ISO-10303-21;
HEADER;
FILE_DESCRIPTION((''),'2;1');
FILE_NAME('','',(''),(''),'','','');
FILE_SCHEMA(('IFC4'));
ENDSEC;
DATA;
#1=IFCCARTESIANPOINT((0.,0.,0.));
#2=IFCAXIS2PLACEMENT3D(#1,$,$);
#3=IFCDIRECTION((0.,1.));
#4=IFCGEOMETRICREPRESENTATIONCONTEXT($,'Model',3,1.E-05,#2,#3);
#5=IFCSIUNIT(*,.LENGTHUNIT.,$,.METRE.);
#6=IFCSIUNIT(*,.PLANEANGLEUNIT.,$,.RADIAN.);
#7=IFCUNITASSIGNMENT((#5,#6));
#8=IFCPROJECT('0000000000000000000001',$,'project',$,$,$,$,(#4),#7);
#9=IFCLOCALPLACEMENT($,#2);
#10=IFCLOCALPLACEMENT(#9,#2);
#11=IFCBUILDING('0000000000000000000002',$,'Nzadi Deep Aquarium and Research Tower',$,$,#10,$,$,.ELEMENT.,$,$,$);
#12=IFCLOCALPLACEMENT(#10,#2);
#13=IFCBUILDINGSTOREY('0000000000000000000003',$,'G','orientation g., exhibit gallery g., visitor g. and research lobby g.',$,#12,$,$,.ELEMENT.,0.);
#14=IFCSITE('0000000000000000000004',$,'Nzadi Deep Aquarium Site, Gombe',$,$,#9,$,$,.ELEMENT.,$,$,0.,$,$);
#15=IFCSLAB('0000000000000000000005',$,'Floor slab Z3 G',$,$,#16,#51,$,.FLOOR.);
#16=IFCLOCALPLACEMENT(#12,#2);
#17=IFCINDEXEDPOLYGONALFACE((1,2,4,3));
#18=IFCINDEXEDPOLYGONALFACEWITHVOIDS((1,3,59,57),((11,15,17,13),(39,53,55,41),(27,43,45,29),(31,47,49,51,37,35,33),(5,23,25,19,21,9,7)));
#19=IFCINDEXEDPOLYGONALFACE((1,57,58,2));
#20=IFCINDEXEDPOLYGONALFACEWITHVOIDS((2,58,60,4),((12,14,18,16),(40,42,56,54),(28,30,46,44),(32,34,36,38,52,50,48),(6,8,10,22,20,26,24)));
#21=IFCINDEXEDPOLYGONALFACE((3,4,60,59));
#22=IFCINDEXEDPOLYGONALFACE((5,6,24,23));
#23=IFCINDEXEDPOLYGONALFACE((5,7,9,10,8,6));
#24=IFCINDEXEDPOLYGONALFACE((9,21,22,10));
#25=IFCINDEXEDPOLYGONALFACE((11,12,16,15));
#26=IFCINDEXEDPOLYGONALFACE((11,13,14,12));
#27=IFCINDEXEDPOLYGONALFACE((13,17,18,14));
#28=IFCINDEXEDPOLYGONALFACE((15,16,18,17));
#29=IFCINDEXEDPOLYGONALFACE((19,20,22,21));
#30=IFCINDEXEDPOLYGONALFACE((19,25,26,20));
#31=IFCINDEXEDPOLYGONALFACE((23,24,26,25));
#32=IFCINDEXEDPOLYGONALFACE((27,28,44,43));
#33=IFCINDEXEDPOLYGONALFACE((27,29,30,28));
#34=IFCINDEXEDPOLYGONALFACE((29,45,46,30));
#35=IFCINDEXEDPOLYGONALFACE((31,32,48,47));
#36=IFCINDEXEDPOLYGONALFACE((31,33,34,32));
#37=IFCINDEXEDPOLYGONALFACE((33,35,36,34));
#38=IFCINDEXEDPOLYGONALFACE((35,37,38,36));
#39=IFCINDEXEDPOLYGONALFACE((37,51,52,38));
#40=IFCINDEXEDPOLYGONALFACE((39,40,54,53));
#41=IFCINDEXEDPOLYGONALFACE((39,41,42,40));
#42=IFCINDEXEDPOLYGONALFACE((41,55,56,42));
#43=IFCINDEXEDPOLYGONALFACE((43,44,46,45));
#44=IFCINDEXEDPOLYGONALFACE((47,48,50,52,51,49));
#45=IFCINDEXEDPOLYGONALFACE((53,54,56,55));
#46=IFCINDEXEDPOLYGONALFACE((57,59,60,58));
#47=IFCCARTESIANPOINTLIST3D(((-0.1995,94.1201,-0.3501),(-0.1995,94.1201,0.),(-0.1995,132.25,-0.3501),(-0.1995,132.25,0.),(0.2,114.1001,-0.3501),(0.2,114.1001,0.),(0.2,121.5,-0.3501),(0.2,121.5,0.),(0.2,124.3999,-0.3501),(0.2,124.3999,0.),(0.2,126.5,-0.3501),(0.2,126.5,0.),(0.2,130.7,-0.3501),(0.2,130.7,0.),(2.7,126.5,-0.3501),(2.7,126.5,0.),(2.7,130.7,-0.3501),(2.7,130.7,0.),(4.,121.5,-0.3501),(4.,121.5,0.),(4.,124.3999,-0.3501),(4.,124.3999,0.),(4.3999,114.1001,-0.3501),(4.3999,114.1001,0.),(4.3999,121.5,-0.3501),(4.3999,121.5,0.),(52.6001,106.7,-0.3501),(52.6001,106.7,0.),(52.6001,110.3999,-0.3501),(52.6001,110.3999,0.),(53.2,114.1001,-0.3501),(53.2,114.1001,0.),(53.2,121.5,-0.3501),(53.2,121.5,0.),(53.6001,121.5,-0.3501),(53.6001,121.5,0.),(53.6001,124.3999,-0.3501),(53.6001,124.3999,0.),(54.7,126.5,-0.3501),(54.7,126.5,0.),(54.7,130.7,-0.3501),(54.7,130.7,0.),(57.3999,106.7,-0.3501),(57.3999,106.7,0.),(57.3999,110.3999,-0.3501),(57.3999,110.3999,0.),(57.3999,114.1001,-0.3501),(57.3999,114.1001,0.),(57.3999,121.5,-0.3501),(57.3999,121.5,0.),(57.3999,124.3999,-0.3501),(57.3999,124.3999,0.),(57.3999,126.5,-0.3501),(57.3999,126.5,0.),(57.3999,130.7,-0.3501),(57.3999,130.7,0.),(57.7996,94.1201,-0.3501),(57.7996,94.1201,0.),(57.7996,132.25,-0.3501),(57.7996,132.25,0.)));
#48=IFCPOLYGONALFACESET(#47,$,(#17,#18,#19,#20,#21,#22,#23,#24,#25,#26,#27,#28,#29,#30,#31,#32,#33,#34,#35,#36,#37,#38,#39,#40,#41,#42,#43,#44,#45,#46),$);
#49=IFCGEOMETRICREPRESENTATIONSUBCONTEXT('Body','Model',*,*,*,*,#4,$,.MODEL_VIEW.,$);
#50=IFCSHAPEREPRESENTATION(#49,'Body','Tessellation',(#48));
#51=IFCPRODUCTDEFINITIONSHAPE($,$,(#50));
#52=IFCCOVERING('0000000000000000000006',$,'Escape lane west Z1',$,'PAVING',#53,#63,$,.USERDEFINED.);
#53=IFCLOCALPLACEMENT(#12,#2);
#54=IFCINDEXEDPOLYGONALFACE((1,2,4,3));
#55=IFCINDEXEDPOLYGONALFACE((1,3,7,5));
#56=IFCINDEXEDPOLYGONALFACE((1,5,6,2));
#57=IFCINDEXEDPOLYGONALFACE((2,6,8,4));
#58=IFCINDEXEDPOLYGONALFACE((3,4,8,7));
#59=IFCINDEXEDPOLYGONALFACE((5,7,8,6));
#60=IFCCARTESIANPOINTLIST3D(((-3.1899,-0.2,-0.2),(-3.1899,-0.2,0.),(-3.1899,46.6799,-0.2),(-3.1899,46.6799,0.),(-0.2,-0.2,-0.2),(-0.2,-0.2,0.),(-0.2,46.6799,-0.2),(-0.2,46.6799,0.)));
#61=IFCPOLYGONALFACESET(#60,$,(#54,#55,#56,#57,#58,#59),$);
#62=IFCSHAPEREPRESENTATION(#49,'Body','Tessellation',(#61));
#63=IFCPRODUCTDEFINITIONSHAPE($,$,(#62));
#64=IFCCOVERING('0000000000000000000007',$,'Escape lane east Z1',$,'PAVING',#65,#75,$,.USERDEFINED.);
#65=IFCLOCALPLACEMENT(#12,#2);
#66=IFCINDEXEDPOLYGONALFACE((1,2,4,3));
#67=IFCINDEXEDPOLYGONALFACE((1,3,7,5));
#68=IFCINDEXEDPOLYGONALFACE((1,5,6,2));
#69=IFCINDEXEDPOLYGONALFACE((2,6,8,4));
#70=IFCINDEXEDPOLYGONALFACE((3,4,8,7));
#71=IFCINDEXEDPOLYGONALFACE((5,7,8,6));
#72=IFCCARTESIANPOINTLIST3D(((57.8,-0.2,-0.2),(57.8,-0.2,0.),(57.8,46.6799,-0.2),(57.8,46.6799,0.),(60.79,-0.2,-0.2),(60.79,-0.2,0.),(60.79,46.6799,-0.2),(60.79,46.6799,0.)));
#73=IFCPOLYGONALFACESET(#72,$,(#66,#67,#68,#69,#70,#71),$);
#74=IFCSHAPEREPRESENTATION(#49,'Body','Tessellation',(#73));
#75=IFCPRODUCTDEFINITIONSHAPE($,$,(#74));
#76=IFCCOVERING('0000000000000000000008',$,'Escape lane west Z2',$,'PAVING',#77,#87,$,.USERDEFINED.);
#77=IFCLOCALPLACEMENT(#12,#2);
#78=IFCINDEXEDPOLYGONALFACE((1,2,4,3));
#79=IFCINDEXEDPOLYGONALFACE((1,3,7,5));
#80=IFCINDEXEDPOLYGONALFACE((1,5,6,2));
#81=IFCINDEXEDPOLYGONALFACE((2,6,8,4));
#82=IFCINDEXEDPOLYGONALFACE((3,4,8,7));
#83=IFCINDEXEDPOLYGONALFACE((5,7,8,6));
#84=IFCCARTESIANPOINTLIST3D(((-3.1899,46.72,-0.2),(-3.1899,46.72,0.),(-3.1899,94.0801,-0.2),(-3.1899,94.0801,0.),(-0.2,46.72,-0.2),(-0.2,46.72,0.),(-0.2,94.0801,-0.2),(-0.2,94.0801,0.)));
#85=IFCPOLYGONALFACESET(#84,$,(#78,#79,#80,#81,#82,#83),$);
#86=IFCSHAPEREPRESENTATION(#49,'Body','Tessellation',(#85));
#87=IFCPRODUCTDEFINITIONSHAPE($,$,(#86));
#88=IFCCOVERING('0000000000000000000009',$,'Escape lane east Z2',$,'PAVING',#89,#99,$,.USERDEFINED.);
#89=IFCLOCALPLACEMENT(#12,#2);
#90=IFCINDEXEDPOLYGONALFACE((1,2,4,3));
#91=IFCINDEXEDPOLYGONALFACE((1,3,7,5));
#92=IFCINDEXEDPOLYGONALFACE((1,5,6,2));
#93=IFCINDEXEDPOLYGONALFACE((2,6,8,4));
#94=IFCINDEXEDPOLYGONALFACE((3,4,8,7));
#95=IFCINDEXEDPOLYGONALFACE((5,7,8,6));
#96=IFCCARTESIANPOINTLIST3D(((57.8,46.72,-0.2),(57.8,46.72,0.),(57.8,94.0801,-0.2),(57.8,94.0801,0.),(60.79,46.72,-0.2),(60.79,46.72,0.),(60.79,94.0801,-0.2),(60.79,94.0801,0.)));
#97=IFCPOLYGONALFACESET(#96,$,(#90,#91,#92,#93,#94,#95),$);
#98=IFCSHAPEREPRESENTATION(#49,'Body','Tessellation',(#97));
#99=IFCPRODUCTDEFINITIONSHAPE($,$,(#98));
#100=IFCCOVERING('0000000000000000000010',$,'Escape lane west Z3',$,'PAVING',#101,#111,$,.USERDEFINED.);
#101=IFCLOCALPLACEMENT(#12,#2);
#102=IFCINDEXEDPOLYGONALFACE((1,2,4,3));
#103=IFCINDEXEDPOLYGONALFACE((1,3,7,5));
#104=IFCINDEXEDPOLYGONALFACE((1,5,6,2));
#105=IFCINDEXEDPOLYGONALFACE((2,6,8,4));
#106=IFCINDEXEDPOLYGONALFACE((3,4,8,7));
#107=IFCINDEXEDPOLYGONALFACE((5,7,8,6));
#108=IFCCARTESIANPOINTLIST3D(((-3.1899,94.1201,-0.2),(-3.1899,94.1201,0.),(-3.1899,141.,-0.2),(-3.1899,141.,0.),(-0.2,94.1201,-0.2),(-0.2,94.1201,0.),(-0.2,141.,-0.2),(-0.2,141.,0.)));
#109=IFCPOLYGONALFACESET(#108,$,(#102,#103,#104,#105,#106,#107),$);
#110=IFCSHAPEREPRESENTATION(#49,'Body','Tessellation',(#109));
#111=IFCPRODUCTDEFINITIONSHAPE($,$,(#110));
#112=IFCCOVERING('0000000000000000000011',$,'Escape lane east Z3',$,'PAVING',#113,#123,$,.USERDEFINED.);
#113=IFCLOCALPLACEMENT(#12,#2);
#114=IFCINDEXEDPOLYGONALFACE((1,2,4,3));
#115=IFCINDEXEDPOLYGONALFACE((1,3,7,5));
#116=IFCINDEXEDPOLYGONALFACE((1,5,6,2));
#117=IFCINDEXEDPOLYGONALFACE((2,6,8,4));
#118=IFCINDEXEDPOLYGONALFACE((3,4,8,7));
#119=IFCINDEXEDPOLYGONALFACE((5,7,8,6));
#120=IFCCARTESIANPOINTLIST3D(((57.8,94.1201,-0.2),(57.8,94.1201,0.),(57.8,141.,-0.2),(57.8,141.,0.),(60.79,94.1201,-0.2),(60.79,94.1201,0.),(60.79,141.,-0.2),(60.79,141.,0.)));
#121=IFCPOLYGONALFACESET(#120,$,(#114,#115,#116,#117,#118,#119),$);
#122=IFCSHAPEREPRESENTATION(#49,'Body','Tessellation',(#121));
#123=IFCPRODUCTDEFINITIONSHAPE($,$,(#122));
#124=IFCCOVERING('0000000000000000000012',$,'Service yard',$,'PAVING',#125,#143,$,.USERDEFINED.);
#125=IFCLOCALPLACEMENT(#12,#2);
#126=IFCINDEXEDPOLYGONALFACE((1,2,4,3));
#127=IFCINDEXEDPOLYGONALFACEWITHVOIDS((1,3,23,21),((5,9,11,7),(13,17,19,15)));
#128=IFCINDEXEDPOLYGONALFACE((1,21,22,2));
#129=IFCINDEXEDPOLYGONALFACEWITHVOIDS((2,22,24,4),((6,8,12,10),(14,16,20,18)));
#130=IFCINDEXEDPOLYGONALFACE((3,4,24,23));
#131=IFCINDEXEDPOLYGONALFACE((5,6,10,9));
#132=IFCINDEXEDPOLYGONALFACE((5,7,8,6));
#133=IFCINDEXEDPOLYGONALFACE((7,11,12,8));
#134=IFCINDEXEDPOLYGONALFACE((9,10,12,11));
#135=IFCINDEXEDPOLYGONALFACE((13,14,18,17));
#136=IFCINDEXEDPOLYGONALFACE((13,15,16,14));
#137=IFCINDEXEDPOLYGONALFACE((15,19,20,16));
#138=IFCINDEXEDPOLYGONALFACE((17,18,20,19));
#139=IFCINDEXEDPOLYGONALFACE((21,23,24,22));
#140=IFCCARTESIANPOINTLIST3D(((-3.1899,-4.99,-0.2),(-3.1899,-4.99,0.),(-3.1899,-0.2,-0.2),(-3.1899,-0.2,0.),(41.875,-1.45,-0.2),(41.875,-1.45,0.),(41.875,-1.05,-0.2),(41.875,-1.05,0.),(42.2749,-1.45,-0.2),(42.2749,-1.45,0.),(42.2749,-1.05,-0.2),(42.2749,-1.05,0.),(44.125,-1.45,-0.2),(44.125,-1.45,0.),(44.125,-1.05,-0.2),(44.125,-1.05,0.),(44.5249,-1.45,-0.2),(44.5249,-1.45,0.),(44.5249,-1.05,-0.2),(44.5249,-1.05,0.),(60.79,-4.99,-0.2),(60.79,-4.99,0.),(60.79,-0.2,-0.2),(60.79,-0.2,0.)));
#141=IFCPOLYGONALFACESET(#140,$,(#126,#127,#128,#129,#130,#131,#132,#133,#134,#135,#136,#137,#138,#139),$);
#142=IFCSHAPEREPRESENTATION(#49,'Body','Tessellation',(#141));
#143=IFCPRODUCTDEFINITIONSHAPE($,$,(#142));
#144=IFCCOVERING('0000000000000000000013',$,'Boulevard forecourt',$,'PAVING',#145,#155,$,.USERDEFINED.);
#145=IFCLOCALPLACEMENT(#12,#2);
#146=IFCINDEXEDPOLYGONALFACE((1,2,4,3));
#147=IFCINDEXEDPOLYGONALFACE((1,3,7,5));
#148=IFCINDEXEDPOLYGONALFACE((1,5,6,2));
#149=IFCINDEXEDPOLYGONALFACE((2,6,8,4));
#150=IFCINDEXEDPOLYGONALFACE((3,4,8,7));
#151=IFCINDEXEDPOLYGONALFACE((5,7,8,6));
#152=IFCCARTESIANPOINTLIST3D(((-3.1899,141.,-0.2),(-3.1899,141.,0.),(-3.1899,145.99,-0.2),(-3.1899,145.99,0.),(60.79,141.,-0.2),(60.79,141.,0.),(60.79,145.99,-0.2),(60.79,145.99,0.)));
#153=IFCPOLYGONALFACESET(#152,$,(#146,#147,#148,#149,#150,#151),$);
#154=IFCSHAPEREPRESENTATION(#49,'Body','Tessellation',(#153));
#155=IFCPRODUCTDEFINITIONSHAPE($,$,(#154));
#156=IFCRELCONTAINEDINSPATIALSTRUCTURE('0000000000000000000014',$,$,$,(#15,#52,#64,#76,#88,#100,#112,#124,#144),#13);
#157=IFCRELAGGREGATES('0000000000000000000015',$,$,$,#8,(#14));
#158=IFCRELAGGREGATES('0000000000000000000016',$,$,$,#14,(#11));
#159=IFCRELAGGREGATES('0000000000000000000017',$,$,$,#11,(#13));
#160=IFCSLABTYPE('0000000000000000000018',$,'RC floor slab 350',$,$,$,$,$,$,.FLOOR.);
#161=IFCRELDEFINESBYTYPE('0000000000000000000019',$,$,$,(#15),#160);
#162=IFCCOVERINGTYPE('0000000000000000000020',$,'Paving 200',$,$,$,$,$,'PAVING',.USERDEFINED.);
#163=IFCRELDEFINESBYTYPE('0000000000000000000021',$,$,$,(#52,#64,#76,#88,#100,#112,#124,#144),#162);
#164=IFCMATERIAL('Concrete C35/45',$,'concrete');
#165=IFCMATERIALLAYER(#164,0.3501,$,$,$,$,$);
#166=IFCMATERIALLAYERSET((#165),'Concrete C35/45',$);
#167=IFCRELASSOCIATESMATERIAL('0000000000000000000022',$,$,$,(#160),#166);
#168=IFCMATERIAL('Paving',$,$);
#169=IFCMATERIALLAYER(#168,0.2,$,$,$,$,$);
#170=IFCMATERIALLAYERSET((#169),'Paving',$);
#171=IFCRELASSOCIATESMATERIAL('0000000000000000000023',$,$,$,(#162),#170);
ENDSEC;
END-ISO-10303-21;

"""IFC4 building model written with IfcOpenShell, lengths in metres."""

from ifc_helpers import new_model, si_unit, direction, frame, origin, place, context, subcontext, project, spatial, polyline, outline, extrude, material, layer, layer_set, type_object, element, save


model = new_model("IFC4")

# Units and contexts
model_context = context("Model", 3, precision=1e-05, world=origin(), true_north=direction((0.0, 1.0)))
body_context = subcontext(model_context, "Body", "Model", "MODEL_VIEW")
ifc_project = project(units=[si_unit("LENGTHUNIT", "METRE"), si_unit("PLANEANGLEUNIT", "RADIAN")], contexts=[model_context])

# Site, building, storey
site_placement = place(None, origin())
site = spatial("IfcSite", under=ifc_project, at=site_placement, Name="Nzadi Deep Aquarium Site, Gombe", CompositionType="ELEMENT", RefElevation=0.0)
building_placement = place(site_placement, origin())
building = spatial("IfcBuilding", under=site, at=building_placement, Name="Nzadi Deep Aquarium and Research Tower", CompositionType="ELEMENT")
storey_placement = place(building_placement, origin())
storey = spatial("IfcBuildingStorey", under=building, at=storey_placement, Name="G", Description="orientation g., exhibit gallery g., visitor g. and research lobby g.", CompositionType="ELEMENT", Elevation=0.0)

# Slab
ifc_material_1 = material(Name="Concrete C35/45", Category="concrete")
ifc_layer_1 = layer(ifc_material_1, 0.3501)
ifc_layer_set_1 = layer_set([ifc_layer_1], Name="Concrete C35/45")
slab_type_1 = type_object("IfcSlabType", Name="RC floor slab 350", PredefinedType="FLOOR", material=ifc_layer_set_1)
slab_1_placement = place(storey_placement, frame((0.0, 0.0, -0.3501)))
element("IfcSlab", 1, at=slab_1_placement, inside=storey, type_object=slab_type_1, Name="Floor slab Z3 G", PredefinedType="FLOOR", context=body_context, shape_type="SweptSolid", body=[
    extrude(outline(polyline([(57.7996, 132.25), (-0.1995, 132.25), (-0.1995, 94.1201), (57.7996, 94.1201), (57.7996, 132.25)]), holes=[polyline([(4.0, 124.3999), (4.0, 121.5), (4.3999, 121.5), (4.3999, 114.1001), (0.2, 114.1001), (0.2, 121.5), (0.2, 124.3999), (4.0, 124.3999)]), polyline([(57.3999, 124.3999), (57.3999, 121.5), (57.3999, 114.1001), (53.2, 114.1001), (53.2, 121.5), (53.6001, 121.5), (53.6001, 124.3999), (57.3999, 124.3999)]), polyline([(52.6001, 106.7), (52.6001, 110.3999), (57.3999, 110.3999), (57.3999, 106.7), (52.6001, 106.7)]), polyline([(0.2, 130.7), (2.7, 130.7), (2.7, 126.5), (0.2, 126.5), (0.2, 130.7)]), polyline([(57.3999, 130.7), (57.3999, 126.5), (54.7, 126.5), (54.7, 130.7), (57.3999, 130.7)])]), origin(), (0.0, 0.0, 1.0), 0.3501),
])

# Coverings
ifc_material_2 = material(Name="Paving")
ifc_layer_2 = layer(ifc_material_2, 0.2)
ifc_layer_set_2 = layer_set([ifc_layer_2], Name="Paving")
covering_type = type_object("IfcCoveringType", Name="Paving 200", ElementType="PAVING", PredefinedType="USERDEFINED", material=ifc_layer_set_2)
covering_1_placement = place(storey_placement, frame((0.0, 0.0, -0.2)))
element("IfcCovering", 2, at=covering_1_placement, inside=storey, type_object=covering_type, Name="Escape lane west Z1", ObjectType="PAVING", PredefinedType="USERDEFINED", context=body_context, shape_type="SweptSolid", body=[
    extrude(outline(polyline([(-3.1899, -0.2), (-0.2, -0.2), (-0.2, 46.6799), (-3.1899, 46.6799), (-3.1899, -0.2)])), origin(), (0.0, 0.0, 1.0), 0.2),
])
covering_2_placement = place(storey_placement, frame((0.0, 0.0, -0.2)))
element("IfcCovering", 3, at=covering_2_placement, inside=storey, type_object=covering_type, Name="Escape lane east Z1", ObjectType="PAVING", PredefinedType="USERDEFINED", context=body_context, shape_type="SweptSolid", body=[
    extrude(outline(polyline([(57.8, -0.2), (60.79, -0.2), (60.79, 46.6799), (57.8, 46.6799), (57.8, -0.2)])), origin(), (0.0, 0.0, 1.0), 0.2),
])
covering_3_placement = place(storey_placement, frame((0.0, 0.0, -0.2)))
element("IfcCovering", 4, at=covering_3_placement, inside=storey, type_object=covering_type, Name="Escape lane west Z2", ObjectType="PAVING", PredefinedType="USERDEFINED", context=body_context, shape_type="SweptSolid", body=[
    extrude(outline(polyline([(-3.1899, 46.72), (-0.2, 46.72), (-0.2, 94.0801), (-3.1899, 94.0801), (-3.1899, 46.72)])), origin(), (0.0, 0.0, 1.0), 0.2),
])
covering_4_placement = place(storey_placement, frame((0.0, 0.0, -0.2)))
element("IfcCovering", 5, at=covering_4_placement, inside=storey, type_object=covering_type, Name="Escape lane east Z2", ObjectType="PAVING", PredefinedType="USERDEFINED", context=body_context, shape_type="SweptSolid", body=[
    extrude(outline(polyline([(57.8, 46.72), (60.79, 46.72), (60.79, 94.0801), (57.8, 94.0801), (57.8, 46.72)])), origin(), (0.0, 0.0, 1.0), 0.2),
])
covering_5_placement = place(storey_placement, frame((0.0, 0.0, -0.2)))
element("IfcCovering", 6, at=covering_5_placement, inside=storey, type_object=covering_type, Name="Escape lane west Z3", ObjectType="PAVING", PredefinedType="USERDEFINED", context=body_context, shape_type="SweptSolid", body=[
    extrude(outline(polyline([(-3.1899, 94.1201), (-0.2, 94.1201), (-0.2, 141.0), (-3.1899, 141.0), (-3.1899, 94.1201)])), origin(), (0.0, 0.0, 1.0), 0.2),
])
covering_6_placement = place(storey_placement, frame((0.0, 0.0, -0.2)))
element("IfcCovering", 7, at=covering_6_placement, inside=storey, type_object=covering_type, Name="Escape lane east Z3", ObjectType="PAVING", PredefinedType="USERDEFINED", context=body_context, shape_type="SweptSolid", body=[
    extrude(outline(polyline([(57.8, 94.1201), (60.79, 94.1201), (60.79, 141.0), (57.8, 141.0), (57.8, 94.1201)])), origin(), (0.0, 0.0, 1.0), 0.2),
])
covering_7_placement = place(storey_placement, frame((0.0, 0.0, -0.2)))
element("IfcCovering", 8, at=covering_7_placement, inside=storey, type_object=covering_type, Name="Service yard", ObjectType="PAVING", PredefinedType="USERDEFINED", context=body_context, shape_type="SweptSolid", body=[
    extrude(outline(polyline([(-3.1899, -4.99), (60.79, -4.99), (60.79, -0.2), (-3.1899, -0.2), (-3.1899, -4.99)]), holes=[polyline([(41.875, -1.45), (42.2749, -1.45), (42.2749, -1.05), (41.875, -1.05), (41.875, -1.45)]), polyline([(44.125, -1.45), (44.5249, -1.45), (44.5249, -1.05), (44.125, -1.05), (44.125, -1.45)])]), origin(), (0.0, 0.0, 1.0), 0.2),
])
covering_8_placement = place(storey_placement, frame((0.0, 0.0, -0.2)))
element("IfcCovering", 9, at=covering_8_placement, inside=storey, type_object=covering_type, Name="Boulevard forecourt", ObjectType="PAVING", PredefinedType="USERDEFINED", context=body_context, shape_type="SweptSolid", body=[
    extrude(outline(polyline([(-3.1899, 141.0), (60.79, 141.0), (60.79, 145.99), (-3.1899, 145.99), (-3.1899, 141.0)])), origin(), (0.0, 0.0, 1.0), 0.2),
])

save(model, "model.ifc")
